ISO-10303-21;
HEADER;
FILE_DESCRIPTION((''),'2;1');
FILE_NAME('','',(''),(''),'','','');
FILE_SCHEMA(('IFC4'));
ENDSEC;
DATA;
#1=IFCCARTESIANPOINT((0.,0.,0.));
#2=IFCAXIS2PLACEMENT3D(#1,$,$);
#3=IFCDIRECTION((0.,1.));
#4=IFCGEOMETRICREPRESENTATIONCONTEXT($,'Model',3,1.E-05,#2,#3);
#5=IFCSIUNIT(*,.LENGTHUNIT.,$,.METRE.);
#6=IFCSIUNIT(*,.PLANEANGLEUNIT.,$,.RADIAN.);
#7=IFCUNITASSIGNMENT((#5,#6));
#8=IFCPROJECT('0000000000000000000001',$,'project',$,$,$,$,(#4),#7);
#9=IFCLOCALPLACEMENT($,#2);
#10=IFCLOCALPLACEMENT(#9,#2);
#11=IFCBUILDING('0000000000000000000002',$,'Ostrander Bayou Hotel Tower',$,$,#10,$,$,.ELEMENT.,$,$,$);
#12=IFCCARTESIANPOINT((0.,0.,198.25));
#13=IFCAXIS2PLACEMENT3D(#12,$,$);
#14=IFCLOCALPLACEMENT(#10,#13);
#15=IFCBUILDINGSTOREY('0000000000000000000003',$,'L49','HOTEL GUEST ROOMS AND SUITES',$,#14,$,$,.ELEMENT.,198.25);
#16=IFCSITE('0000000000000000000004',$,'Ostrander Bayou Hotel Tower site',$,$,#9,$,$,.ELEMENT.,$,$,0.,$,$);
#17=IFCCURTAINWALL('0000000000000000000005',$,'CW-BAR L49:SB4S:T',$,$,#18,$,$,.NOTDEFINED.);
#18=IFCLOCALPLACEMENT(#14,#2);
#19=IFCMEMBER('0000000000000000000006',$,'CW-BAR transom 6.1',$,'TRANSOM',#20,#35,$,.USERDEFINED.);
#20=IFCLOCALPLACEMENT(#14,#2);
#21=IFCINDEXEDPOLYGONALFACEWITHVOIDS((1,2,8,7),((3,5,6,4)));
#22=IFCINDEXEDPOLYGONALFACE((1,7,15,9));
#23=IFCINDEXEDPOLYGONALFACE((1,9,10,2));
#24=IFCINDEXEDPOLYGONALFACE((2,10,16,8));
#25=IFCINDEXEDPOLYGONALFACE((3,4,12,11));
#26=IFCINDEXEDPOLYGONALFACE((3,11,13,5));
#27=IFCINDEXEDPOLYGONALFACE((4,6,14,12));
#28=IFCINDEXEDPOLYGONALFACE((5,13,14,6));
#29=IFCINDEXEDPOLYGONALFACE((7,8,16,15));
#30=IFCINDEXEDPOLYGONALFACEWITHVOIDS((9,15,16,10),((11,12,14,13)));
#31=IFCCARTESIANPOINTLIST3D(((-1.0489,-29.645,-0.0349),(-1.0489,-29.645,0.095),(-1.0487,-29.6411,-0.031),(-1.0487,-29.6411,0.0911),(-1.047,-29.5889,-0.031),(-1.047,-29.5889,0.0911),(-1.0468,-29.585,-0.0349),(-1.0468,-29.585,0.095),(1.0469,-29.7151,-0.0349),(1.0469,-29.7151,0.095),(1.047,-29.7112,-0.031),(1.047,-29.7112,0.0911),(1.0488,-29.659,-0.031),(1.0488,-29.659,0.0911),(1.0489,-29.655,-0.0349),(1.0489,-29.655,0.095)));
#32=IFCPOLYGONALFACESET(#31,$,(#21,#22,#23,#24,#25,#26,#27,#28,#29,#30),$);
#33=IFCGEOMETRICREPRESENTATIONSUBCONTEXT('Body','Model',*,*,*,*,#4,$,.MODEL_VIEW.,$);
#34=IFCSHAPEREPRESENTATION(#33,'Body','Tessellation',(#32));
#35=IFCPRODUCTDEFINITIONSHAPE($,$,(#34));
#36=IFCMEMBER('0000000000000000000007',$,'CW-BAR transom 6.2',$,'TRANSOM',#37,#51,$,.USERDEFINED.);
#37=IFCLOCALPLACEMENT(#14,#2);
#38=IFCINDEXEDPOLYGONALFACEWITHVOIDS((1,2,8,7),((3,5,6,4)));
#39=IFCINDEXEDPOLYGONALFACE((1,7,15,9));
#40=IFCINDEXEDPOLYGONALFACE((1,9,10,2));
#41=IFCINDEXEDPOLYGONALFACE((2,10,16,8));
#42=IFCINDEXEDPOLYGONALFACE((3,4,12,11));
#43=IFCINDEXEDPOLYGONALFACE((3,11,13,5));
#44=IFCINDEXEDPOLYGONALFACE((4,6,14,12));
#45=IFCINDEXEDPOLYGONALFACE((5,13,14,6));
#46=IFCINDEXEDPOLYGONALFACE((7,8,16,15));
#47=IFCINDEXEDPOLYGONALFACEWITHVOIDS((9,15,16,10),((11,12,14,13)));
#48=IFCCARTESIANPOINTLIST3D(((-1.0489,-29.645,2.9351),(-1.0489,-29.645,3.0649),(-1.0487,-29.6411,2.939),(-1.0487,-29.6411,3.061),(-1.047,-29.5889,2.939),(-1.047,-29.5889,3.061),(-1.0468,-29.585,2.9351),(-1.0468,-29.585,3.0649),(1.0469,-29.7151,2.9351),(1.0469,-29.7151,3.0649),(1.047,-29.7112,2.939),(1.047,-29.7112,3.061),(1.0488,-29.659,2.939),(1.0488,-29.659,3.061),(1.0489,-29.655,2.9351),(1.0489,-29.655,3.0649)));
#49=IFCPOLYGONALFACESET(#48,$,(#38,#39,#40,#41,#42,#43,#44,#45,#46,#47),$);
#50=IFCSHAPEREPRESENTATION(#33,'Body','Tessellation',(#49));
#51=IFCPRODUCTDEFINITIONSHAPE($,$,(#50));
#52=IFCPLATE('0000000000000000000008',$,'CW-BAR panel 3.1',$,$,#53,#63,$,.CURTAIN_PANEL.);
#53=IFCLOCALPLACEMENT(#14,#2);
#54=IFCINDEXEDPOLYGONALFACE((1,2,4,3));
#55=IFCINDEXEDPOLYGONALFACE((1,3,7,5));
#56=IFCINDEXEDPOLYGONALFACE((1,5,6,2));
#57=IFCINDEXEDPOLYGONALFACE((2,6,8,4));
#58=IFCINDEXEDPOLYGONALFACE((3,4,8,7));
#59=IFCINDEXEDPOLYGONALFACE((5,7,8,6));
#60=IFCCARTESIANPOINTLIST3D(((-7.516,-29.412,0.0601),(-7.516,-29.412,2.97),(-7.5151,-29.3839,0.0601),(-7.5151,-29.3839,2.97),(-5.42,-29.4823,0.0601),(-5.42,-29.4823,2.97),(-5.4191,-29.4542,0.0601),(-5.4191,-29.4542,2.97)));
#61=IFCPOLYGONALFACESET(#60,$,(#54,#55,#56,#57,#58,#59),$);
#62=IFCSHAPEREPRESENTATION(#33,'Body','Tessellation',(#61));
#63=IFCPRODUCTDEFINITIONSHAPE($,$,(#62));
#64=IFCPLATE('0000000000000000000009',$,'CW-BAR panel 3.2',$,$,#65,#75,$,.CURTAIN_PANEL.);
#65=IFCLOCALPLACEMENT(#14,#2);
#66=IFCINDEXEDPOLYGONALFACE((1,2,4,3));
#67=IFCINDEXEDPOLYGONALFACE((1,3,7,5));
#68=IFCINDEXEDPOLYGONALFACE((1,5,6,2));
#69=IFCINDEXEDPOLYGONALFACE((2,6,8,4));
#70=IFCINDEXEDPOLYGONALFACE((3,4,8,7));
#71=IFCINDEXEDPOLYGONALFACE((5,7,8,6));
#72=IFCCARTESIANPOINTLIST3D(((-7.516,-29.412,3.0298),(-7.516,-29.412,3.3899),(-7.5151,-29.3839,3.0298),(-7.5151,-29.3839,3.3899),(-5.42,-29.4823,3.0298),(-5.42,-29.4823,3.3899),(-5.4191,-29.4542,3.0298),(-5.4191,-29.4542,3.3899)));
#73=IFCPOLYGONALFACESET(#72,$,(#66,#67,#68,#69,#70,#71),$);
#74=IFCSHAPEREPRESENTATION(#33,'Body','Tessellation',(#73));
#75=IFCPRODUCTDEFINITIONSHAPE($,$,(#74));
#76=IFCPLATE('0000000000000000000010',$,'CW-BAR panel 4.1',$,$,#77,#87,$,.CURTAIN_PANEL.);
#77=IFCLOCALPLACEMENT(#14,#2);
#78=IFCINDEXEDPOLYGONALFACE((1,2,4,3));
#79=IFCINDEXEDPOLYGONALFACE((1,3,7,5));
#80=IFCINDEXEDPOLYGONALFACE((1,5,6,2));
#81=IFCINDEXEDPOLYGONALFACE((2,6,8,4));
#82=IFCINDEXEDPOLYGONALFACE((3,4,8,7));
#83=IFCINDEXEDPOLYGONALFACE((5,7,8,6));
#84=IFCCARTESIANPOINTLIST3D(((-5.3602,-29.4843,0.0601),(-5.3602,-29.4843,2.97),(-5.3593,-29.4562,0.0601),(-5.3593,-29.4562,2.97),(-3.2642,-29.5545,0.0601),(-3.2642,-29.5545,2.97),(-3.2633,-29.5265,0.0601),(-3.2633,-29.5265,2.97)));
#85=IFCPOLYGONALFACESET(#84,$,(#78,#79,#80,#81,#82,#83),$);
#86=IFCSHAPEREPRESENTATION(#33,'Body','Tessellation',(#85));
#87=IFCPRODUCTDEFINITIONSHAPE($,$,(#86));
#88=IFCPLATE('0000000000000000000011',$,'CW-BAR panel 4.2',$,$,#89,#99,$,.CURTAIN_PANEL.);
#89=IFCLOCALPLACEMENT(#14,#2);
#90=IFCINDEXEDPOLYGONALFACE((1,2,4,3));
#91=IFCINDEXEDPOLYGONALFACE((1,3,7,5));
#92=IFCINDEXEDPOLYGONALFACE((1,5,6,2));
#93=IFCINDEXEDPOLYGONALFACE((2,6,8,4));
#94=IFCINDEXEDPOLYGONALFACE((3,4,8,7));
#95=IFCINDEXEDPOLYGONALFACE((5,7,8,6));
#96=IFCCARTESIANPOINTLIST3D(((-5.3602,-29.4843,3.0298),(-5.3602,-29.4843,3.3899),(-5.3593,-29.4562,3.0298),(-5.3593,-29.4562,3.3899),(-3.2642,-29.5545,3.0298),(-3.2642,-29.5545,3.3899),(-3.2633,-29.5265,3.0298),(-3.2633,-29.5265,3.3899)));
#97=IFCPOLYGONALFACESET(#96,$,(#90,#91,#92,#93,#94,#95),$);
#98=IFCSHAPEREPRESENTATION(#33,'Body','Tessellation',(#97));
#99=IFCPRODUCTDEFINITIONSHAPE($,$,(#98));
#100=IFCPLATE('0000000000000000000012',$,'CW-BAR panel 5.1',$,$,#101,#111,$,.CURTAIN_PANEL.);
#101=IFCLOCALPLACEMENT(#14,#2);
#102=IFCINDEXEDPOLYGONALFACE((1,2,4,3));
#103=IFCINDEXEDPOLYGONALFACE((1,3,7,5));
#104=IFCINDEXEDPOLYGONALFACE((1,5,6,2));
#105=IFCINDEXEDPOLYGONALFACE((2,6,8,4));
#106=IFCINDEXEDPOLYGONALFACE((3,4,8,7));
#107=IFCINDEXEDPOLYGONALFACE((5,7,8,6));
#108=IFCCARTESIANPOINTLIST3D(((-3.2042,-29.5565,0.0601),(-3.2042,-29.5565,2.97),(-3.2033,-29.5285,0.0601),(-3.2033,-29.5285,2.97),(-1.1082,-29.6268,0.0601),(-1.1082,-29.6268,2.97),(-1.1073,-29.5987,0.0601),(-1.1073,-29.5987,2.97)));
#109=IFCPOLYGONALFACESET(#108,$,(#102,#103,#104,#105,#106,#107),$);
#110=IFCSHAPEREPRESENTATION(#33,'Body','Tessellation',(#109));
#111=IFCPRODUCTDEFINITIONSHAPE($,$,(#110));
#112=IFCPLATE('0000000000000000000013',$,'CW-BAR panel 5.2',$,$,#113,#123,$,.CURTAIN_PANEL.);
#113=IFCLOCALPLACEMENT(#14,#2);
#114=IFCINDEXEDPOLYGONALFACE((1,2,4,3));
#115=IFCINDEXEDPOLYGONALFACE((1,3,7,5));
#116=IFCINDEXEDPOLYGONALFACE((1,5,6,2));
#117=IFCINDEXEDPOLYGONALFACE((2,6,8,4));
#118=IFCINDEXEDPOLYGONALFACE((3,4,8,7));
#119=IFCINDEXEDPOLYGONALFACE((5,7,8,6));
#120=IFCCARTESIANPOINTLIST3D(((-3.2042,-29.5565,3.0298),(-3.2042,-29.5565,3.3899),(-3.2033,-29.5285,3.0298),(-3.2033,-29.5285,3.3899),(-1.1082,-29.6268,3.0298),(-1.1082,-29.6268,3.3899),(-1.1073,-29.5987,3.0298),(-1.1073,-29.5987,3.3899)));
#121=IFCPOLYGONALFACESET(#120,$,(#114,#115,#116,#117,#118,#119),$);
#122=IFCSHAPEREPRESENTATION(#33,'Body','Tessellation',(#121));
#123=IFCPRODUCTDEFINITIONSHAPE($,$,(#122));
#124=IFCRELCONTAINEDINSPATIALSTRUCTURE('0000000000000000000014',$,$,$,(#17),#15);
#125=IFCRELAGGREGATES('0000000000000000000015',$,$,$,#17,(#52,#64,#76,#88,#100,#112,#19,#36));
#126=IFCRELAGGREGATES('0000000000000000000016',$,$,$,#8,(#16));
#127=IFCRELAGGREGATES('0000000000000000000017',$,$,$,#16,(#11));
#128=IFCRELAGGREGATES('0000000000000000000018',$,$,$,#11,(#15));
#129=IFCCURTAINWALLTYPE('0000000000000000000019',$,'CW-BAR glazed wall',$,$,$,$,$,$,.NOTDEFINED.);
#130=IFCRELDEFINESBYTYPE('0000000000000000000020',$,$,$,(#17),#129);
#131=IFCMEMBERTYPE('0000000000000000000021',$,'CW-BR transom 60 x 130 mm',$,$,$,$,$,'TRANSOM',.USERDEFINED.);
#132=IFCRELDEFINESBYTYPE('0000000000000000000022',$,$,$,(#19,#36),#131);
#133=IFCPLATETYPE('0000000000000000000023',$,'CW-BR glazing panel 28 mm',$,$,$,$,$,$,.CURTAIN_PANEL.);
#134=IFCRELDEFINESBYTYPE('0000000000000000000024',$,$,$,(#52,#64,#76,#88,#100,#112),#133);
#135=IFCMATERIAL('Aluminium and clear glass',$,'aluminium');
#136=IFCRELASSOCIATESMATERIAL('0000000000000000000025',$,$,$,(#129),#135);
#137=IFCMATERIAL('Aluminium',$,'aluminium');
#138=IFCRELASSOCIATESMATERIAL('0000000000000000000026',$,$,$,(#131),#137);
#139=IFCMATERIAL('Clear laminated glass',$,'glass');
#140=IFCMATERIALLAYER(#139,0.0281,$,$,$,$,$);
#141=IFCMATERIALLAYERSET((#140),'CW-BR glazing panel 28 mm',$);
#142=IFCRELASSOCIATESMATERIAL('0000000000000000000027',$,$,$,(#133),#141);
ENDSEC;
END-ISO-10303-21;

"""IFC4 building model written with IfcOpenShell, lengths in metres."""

from ifc_helpers import new_model, si_unit, direction, frame, origin, origin_2d, place, context, subcontext, project, spatial, rectangle, hollow_rectangle, extrude, material, layer, layer_set, material_profile, profile_set, type_object, element, aggregate, save


model = new_model("IFC4")

# Units and contexts
model_context = context("Model", 3, precision=1e-05, world=origin(), true_north=direction((0.0, 1.0)))
body_context = subcontext(model_context, "Body", "Model", "MODEL_VIEW")
ifc_project = project(units=[si_unit("LENGTHUNIT", "METRE"), si_unit("PLANEANGLEUNIT", "RADIAN")], contexts=[model_context])

# Site, building, storey
site_placement = place(None, origin())
site = spatial("IfcSite", under=ifc_project, at=site_placement, Name="Ostrander Bayou Hotel Tower site", CompositionType="ELEMENT", RefElevation=0.0)
building_placement = place(site_placement, origin())
building = spatial("IfcBuilding", under=site, at=building_placement, Name="Ostrander Bayou Hotel Tower", CompositionType="ELEMENT")
storey_placement = place(building_placement, frame((0.0, 0.0, 198.25)))
storey = spatial("IfcBuildingStorey", under=building, at=storey_placement, Name="L49", Description="HOTEL GUEST ROOMS AND SUITES", CompositionType="ELEMENT", Elevation=198.25)

# Curtain wall, members, plates
ifc_material_1 = material(Name="Aluminium and clear glass", Category="aluminium")
curtain_wall_type = type_object("IfcCurtainWallType", Name="CW-BAR glazed wall", PredefinedType="NOTDEFINED", material=ifc_material_1)
curtain_wall_placement = place(storey_placement, origin())
curtain_wall = element("IfcCurtainWall", 1, at=curtain_wall_placement, inside=storey, type_object=curtain_wall_type, Name="CW-BAR L49:SB4S:T", PredefinedType="NOTDEFINED")
ifc_material_2 = material(Name="Aluminium", Category="aluminium")
ifc_material_profile_1 = material_profile(ifc_material_2, hollow_rectangle(XDim=0.0601, YDim=0.1299, WallThickness=0.0039, at=origin_2d()))
ifc_profile_set_1 = profile_set([ifc_material_profile_1], Name="Aluminium")
member_type_1 = type_object("IfcMemberType", Name="CW-BR transom 60 x 130 mm", ElementType="TRANSOM", PredefinedType="USERDEFINED", material=ifc_profile_set_1)
member_1_placement = place(storey_placement, frame((-1.0479, -29.615, 0.03), z_axis=(0.999442, -0.033416, 0.0), x_axis=(0.033416, 0.999442, 0.0)))
member_1 = element("IfcMember", 2, at=member_1_placement, type_object=member_type_1, Name="CW-BAR transom 6.1", ObjectType="TRANSOM", PredefinedType="USERDEFINED", context=body_context, shape_type="SweptSolid", body=[
    extrude(hollow_rectangle(XDim=0.0601, YDim=0.1299, WallThickness=0.0039, at=origin_2d()), origin(), (0.0, 0.0, 1.0), 2.0969),
])
member_2_placement = place(storey_placement, frame((-1.0479, -29.615, 3.0), z_axis=(0.999442, -0.033416, 0.0), x_axis=(0.033416, 0.999442, 0.0)))
member_2 = element("IfcMember", 3, at=member_2_placement, type_object=member_type_1, Name="CW-BAR transom 6.2", ObjectType="TRANSOM", PredefinedType="USERDEFINED", context=body_context, shape_type="SweptSolid", body=[
    extrude(hollow_rectangle(XDim=0.0601, YDim=0.1299, WallThickness=0.0039, at=origin_2d()), origin(), (0.0, 0.0, 1.0), 2.0969),
])
ifc_material_3 = material(Name="Clear laminated glass", Category="glass")
ifc_layer_1 = layer(ifc_material_3, 0.0281)
ifc_layer_set_1 = layer_set([ifc_layer_1], Name="CW-BR glazing panel 28 mm")
plate_type = type_object("IfcPlateType", Name="CW-BR glazing panel 28 mm", PredefinedType="CURTAIN_PANEL", material=ifc_layer_set_1)
plate_1_placement = place(storey_placement, frame((-6.4675, -29.4331, 0.0601), z_axis=(0.0, 0.0, 1.0), x_axis=(0.999439, -0.033505, 0.0)))
plate_1 = element("IfcPlate", 4, at=plate_1_placement, type_object=plate_type, Name="CW-BAR panel 3.1", PredefinedType="CURTAIN_PANEL", context=body_context, shape_type="SweptSolid", body=[
    extrude(rectangle(XDim=2.0972, YDim=0.0281, at=origin_2d()), origin(), (0.0, 0.0, 1.0), 2.9099),
])
plate_2_placement = place(storey_placement, frame((-6.4675, -29.4331, 3.0298), z_axis=(0.0, 0.0, 1.0), x_axis=(0.999439, -0.033505, 0.0)))
plate_2 = element("IfcPlate", 5, at=plate_2_placement, type_object=plate_type, Name="CW-BAR panel 3.2", PredefinedType="CURTAIN_PANEL", context=body_context, shape_type="SweptSolid", body=[
    extrude(rectangle(XDim=2.0972, YDim=0.0281, at=origin_2d()), origin(), (0.0, 0.0, 1.0), 0.3601),
])
plate_3_placement = place(storey_placement, frame((-4.3118, -29.5054, 0.0601), z_axis=(0.0, 0.0, 1.0), x_axis=(0.999439, -0.033505, 0.0)))
plate_3 = element("IfcPlate", 6, at=plate_3_placement, type_object=plate_type, Name="CW-BAR panel 4.1", PredefinedType="CURTAIN_PANEL", context=body_context, shape_type="SweptSolid", body=[
    extrude(rectangle(XDim=2.0972, YDim=0.0281, at=origin_2d()), origin(), (0.0, 0.0, 1.0), 2.9099),
])
plate_4_placement = place(storey_placement, frame((-4.3118, -29.5054, 3.0298), z_axis=(0.0, 0.0, 1.0), x_axis=(0.999439, -0.033505, 0.0)))
plate_4 = element("IfcPlate", 7, at=plate_4_placement, type_object=plate_type, Name="CW-BAR panel 4.2", PredefinedType="CURTAIN_PANEL", context=body_context, shape_type="SweptSolid", body=[
    extrude(rectangle(XDim=2.0972, YDim=0.0281, at=origin_2d()), origin(), (0.0, 0.0, 1.0), 0.3601),
])
plate_5_placement = place(storey_placement, frame((-2.1558, -29.5776, 0.0601), z_axis=(0.0, 0.0, 1.0), x_axis=(0.999439, -0.033505, 0.0)))
plate_5 = element("IfcPlate", 8, at=plate_5_placement, type_object=plate_type, Name="CW-BAR panel 5.1", PredefinedType="CURTAIN_PANEL", context=body_context, shape_type="SweptSolid", body=[
    extrude(rectangle(XDim=2.0972, YDim=0.0281, at=origin_2d()), origin(), (0.0, 0.0, 1.0), 2.9099),
])
plate_6_placement = place(storey_placement, frame((-2.1558, -29.5776, 3.0298), z_axis=(0.0, 0.0, 1.0), x_axis=(0.999439, -0.033505, 0.0)))
plate_6 = element("IfcPlate", 9, at=plate_6_placement, type_object=plate_type, Name="CW-BAR panel 5.2", PredefinedType="CURTAIN_PANEL", context=body_context, shape_type="SweptSolid", body=[
    extrude(rectangle(XDim=2.0972, YDim=0.0281, at=origin_2d()), origin(), (0.0, 0.0, 1.0), 0.3601),
])
aggregate(curtain_wall, [plate_1, plate_2, plate_3, plate_4, plate_5, plate_6, member_1, member_2])

save(model, "model.ifc")
